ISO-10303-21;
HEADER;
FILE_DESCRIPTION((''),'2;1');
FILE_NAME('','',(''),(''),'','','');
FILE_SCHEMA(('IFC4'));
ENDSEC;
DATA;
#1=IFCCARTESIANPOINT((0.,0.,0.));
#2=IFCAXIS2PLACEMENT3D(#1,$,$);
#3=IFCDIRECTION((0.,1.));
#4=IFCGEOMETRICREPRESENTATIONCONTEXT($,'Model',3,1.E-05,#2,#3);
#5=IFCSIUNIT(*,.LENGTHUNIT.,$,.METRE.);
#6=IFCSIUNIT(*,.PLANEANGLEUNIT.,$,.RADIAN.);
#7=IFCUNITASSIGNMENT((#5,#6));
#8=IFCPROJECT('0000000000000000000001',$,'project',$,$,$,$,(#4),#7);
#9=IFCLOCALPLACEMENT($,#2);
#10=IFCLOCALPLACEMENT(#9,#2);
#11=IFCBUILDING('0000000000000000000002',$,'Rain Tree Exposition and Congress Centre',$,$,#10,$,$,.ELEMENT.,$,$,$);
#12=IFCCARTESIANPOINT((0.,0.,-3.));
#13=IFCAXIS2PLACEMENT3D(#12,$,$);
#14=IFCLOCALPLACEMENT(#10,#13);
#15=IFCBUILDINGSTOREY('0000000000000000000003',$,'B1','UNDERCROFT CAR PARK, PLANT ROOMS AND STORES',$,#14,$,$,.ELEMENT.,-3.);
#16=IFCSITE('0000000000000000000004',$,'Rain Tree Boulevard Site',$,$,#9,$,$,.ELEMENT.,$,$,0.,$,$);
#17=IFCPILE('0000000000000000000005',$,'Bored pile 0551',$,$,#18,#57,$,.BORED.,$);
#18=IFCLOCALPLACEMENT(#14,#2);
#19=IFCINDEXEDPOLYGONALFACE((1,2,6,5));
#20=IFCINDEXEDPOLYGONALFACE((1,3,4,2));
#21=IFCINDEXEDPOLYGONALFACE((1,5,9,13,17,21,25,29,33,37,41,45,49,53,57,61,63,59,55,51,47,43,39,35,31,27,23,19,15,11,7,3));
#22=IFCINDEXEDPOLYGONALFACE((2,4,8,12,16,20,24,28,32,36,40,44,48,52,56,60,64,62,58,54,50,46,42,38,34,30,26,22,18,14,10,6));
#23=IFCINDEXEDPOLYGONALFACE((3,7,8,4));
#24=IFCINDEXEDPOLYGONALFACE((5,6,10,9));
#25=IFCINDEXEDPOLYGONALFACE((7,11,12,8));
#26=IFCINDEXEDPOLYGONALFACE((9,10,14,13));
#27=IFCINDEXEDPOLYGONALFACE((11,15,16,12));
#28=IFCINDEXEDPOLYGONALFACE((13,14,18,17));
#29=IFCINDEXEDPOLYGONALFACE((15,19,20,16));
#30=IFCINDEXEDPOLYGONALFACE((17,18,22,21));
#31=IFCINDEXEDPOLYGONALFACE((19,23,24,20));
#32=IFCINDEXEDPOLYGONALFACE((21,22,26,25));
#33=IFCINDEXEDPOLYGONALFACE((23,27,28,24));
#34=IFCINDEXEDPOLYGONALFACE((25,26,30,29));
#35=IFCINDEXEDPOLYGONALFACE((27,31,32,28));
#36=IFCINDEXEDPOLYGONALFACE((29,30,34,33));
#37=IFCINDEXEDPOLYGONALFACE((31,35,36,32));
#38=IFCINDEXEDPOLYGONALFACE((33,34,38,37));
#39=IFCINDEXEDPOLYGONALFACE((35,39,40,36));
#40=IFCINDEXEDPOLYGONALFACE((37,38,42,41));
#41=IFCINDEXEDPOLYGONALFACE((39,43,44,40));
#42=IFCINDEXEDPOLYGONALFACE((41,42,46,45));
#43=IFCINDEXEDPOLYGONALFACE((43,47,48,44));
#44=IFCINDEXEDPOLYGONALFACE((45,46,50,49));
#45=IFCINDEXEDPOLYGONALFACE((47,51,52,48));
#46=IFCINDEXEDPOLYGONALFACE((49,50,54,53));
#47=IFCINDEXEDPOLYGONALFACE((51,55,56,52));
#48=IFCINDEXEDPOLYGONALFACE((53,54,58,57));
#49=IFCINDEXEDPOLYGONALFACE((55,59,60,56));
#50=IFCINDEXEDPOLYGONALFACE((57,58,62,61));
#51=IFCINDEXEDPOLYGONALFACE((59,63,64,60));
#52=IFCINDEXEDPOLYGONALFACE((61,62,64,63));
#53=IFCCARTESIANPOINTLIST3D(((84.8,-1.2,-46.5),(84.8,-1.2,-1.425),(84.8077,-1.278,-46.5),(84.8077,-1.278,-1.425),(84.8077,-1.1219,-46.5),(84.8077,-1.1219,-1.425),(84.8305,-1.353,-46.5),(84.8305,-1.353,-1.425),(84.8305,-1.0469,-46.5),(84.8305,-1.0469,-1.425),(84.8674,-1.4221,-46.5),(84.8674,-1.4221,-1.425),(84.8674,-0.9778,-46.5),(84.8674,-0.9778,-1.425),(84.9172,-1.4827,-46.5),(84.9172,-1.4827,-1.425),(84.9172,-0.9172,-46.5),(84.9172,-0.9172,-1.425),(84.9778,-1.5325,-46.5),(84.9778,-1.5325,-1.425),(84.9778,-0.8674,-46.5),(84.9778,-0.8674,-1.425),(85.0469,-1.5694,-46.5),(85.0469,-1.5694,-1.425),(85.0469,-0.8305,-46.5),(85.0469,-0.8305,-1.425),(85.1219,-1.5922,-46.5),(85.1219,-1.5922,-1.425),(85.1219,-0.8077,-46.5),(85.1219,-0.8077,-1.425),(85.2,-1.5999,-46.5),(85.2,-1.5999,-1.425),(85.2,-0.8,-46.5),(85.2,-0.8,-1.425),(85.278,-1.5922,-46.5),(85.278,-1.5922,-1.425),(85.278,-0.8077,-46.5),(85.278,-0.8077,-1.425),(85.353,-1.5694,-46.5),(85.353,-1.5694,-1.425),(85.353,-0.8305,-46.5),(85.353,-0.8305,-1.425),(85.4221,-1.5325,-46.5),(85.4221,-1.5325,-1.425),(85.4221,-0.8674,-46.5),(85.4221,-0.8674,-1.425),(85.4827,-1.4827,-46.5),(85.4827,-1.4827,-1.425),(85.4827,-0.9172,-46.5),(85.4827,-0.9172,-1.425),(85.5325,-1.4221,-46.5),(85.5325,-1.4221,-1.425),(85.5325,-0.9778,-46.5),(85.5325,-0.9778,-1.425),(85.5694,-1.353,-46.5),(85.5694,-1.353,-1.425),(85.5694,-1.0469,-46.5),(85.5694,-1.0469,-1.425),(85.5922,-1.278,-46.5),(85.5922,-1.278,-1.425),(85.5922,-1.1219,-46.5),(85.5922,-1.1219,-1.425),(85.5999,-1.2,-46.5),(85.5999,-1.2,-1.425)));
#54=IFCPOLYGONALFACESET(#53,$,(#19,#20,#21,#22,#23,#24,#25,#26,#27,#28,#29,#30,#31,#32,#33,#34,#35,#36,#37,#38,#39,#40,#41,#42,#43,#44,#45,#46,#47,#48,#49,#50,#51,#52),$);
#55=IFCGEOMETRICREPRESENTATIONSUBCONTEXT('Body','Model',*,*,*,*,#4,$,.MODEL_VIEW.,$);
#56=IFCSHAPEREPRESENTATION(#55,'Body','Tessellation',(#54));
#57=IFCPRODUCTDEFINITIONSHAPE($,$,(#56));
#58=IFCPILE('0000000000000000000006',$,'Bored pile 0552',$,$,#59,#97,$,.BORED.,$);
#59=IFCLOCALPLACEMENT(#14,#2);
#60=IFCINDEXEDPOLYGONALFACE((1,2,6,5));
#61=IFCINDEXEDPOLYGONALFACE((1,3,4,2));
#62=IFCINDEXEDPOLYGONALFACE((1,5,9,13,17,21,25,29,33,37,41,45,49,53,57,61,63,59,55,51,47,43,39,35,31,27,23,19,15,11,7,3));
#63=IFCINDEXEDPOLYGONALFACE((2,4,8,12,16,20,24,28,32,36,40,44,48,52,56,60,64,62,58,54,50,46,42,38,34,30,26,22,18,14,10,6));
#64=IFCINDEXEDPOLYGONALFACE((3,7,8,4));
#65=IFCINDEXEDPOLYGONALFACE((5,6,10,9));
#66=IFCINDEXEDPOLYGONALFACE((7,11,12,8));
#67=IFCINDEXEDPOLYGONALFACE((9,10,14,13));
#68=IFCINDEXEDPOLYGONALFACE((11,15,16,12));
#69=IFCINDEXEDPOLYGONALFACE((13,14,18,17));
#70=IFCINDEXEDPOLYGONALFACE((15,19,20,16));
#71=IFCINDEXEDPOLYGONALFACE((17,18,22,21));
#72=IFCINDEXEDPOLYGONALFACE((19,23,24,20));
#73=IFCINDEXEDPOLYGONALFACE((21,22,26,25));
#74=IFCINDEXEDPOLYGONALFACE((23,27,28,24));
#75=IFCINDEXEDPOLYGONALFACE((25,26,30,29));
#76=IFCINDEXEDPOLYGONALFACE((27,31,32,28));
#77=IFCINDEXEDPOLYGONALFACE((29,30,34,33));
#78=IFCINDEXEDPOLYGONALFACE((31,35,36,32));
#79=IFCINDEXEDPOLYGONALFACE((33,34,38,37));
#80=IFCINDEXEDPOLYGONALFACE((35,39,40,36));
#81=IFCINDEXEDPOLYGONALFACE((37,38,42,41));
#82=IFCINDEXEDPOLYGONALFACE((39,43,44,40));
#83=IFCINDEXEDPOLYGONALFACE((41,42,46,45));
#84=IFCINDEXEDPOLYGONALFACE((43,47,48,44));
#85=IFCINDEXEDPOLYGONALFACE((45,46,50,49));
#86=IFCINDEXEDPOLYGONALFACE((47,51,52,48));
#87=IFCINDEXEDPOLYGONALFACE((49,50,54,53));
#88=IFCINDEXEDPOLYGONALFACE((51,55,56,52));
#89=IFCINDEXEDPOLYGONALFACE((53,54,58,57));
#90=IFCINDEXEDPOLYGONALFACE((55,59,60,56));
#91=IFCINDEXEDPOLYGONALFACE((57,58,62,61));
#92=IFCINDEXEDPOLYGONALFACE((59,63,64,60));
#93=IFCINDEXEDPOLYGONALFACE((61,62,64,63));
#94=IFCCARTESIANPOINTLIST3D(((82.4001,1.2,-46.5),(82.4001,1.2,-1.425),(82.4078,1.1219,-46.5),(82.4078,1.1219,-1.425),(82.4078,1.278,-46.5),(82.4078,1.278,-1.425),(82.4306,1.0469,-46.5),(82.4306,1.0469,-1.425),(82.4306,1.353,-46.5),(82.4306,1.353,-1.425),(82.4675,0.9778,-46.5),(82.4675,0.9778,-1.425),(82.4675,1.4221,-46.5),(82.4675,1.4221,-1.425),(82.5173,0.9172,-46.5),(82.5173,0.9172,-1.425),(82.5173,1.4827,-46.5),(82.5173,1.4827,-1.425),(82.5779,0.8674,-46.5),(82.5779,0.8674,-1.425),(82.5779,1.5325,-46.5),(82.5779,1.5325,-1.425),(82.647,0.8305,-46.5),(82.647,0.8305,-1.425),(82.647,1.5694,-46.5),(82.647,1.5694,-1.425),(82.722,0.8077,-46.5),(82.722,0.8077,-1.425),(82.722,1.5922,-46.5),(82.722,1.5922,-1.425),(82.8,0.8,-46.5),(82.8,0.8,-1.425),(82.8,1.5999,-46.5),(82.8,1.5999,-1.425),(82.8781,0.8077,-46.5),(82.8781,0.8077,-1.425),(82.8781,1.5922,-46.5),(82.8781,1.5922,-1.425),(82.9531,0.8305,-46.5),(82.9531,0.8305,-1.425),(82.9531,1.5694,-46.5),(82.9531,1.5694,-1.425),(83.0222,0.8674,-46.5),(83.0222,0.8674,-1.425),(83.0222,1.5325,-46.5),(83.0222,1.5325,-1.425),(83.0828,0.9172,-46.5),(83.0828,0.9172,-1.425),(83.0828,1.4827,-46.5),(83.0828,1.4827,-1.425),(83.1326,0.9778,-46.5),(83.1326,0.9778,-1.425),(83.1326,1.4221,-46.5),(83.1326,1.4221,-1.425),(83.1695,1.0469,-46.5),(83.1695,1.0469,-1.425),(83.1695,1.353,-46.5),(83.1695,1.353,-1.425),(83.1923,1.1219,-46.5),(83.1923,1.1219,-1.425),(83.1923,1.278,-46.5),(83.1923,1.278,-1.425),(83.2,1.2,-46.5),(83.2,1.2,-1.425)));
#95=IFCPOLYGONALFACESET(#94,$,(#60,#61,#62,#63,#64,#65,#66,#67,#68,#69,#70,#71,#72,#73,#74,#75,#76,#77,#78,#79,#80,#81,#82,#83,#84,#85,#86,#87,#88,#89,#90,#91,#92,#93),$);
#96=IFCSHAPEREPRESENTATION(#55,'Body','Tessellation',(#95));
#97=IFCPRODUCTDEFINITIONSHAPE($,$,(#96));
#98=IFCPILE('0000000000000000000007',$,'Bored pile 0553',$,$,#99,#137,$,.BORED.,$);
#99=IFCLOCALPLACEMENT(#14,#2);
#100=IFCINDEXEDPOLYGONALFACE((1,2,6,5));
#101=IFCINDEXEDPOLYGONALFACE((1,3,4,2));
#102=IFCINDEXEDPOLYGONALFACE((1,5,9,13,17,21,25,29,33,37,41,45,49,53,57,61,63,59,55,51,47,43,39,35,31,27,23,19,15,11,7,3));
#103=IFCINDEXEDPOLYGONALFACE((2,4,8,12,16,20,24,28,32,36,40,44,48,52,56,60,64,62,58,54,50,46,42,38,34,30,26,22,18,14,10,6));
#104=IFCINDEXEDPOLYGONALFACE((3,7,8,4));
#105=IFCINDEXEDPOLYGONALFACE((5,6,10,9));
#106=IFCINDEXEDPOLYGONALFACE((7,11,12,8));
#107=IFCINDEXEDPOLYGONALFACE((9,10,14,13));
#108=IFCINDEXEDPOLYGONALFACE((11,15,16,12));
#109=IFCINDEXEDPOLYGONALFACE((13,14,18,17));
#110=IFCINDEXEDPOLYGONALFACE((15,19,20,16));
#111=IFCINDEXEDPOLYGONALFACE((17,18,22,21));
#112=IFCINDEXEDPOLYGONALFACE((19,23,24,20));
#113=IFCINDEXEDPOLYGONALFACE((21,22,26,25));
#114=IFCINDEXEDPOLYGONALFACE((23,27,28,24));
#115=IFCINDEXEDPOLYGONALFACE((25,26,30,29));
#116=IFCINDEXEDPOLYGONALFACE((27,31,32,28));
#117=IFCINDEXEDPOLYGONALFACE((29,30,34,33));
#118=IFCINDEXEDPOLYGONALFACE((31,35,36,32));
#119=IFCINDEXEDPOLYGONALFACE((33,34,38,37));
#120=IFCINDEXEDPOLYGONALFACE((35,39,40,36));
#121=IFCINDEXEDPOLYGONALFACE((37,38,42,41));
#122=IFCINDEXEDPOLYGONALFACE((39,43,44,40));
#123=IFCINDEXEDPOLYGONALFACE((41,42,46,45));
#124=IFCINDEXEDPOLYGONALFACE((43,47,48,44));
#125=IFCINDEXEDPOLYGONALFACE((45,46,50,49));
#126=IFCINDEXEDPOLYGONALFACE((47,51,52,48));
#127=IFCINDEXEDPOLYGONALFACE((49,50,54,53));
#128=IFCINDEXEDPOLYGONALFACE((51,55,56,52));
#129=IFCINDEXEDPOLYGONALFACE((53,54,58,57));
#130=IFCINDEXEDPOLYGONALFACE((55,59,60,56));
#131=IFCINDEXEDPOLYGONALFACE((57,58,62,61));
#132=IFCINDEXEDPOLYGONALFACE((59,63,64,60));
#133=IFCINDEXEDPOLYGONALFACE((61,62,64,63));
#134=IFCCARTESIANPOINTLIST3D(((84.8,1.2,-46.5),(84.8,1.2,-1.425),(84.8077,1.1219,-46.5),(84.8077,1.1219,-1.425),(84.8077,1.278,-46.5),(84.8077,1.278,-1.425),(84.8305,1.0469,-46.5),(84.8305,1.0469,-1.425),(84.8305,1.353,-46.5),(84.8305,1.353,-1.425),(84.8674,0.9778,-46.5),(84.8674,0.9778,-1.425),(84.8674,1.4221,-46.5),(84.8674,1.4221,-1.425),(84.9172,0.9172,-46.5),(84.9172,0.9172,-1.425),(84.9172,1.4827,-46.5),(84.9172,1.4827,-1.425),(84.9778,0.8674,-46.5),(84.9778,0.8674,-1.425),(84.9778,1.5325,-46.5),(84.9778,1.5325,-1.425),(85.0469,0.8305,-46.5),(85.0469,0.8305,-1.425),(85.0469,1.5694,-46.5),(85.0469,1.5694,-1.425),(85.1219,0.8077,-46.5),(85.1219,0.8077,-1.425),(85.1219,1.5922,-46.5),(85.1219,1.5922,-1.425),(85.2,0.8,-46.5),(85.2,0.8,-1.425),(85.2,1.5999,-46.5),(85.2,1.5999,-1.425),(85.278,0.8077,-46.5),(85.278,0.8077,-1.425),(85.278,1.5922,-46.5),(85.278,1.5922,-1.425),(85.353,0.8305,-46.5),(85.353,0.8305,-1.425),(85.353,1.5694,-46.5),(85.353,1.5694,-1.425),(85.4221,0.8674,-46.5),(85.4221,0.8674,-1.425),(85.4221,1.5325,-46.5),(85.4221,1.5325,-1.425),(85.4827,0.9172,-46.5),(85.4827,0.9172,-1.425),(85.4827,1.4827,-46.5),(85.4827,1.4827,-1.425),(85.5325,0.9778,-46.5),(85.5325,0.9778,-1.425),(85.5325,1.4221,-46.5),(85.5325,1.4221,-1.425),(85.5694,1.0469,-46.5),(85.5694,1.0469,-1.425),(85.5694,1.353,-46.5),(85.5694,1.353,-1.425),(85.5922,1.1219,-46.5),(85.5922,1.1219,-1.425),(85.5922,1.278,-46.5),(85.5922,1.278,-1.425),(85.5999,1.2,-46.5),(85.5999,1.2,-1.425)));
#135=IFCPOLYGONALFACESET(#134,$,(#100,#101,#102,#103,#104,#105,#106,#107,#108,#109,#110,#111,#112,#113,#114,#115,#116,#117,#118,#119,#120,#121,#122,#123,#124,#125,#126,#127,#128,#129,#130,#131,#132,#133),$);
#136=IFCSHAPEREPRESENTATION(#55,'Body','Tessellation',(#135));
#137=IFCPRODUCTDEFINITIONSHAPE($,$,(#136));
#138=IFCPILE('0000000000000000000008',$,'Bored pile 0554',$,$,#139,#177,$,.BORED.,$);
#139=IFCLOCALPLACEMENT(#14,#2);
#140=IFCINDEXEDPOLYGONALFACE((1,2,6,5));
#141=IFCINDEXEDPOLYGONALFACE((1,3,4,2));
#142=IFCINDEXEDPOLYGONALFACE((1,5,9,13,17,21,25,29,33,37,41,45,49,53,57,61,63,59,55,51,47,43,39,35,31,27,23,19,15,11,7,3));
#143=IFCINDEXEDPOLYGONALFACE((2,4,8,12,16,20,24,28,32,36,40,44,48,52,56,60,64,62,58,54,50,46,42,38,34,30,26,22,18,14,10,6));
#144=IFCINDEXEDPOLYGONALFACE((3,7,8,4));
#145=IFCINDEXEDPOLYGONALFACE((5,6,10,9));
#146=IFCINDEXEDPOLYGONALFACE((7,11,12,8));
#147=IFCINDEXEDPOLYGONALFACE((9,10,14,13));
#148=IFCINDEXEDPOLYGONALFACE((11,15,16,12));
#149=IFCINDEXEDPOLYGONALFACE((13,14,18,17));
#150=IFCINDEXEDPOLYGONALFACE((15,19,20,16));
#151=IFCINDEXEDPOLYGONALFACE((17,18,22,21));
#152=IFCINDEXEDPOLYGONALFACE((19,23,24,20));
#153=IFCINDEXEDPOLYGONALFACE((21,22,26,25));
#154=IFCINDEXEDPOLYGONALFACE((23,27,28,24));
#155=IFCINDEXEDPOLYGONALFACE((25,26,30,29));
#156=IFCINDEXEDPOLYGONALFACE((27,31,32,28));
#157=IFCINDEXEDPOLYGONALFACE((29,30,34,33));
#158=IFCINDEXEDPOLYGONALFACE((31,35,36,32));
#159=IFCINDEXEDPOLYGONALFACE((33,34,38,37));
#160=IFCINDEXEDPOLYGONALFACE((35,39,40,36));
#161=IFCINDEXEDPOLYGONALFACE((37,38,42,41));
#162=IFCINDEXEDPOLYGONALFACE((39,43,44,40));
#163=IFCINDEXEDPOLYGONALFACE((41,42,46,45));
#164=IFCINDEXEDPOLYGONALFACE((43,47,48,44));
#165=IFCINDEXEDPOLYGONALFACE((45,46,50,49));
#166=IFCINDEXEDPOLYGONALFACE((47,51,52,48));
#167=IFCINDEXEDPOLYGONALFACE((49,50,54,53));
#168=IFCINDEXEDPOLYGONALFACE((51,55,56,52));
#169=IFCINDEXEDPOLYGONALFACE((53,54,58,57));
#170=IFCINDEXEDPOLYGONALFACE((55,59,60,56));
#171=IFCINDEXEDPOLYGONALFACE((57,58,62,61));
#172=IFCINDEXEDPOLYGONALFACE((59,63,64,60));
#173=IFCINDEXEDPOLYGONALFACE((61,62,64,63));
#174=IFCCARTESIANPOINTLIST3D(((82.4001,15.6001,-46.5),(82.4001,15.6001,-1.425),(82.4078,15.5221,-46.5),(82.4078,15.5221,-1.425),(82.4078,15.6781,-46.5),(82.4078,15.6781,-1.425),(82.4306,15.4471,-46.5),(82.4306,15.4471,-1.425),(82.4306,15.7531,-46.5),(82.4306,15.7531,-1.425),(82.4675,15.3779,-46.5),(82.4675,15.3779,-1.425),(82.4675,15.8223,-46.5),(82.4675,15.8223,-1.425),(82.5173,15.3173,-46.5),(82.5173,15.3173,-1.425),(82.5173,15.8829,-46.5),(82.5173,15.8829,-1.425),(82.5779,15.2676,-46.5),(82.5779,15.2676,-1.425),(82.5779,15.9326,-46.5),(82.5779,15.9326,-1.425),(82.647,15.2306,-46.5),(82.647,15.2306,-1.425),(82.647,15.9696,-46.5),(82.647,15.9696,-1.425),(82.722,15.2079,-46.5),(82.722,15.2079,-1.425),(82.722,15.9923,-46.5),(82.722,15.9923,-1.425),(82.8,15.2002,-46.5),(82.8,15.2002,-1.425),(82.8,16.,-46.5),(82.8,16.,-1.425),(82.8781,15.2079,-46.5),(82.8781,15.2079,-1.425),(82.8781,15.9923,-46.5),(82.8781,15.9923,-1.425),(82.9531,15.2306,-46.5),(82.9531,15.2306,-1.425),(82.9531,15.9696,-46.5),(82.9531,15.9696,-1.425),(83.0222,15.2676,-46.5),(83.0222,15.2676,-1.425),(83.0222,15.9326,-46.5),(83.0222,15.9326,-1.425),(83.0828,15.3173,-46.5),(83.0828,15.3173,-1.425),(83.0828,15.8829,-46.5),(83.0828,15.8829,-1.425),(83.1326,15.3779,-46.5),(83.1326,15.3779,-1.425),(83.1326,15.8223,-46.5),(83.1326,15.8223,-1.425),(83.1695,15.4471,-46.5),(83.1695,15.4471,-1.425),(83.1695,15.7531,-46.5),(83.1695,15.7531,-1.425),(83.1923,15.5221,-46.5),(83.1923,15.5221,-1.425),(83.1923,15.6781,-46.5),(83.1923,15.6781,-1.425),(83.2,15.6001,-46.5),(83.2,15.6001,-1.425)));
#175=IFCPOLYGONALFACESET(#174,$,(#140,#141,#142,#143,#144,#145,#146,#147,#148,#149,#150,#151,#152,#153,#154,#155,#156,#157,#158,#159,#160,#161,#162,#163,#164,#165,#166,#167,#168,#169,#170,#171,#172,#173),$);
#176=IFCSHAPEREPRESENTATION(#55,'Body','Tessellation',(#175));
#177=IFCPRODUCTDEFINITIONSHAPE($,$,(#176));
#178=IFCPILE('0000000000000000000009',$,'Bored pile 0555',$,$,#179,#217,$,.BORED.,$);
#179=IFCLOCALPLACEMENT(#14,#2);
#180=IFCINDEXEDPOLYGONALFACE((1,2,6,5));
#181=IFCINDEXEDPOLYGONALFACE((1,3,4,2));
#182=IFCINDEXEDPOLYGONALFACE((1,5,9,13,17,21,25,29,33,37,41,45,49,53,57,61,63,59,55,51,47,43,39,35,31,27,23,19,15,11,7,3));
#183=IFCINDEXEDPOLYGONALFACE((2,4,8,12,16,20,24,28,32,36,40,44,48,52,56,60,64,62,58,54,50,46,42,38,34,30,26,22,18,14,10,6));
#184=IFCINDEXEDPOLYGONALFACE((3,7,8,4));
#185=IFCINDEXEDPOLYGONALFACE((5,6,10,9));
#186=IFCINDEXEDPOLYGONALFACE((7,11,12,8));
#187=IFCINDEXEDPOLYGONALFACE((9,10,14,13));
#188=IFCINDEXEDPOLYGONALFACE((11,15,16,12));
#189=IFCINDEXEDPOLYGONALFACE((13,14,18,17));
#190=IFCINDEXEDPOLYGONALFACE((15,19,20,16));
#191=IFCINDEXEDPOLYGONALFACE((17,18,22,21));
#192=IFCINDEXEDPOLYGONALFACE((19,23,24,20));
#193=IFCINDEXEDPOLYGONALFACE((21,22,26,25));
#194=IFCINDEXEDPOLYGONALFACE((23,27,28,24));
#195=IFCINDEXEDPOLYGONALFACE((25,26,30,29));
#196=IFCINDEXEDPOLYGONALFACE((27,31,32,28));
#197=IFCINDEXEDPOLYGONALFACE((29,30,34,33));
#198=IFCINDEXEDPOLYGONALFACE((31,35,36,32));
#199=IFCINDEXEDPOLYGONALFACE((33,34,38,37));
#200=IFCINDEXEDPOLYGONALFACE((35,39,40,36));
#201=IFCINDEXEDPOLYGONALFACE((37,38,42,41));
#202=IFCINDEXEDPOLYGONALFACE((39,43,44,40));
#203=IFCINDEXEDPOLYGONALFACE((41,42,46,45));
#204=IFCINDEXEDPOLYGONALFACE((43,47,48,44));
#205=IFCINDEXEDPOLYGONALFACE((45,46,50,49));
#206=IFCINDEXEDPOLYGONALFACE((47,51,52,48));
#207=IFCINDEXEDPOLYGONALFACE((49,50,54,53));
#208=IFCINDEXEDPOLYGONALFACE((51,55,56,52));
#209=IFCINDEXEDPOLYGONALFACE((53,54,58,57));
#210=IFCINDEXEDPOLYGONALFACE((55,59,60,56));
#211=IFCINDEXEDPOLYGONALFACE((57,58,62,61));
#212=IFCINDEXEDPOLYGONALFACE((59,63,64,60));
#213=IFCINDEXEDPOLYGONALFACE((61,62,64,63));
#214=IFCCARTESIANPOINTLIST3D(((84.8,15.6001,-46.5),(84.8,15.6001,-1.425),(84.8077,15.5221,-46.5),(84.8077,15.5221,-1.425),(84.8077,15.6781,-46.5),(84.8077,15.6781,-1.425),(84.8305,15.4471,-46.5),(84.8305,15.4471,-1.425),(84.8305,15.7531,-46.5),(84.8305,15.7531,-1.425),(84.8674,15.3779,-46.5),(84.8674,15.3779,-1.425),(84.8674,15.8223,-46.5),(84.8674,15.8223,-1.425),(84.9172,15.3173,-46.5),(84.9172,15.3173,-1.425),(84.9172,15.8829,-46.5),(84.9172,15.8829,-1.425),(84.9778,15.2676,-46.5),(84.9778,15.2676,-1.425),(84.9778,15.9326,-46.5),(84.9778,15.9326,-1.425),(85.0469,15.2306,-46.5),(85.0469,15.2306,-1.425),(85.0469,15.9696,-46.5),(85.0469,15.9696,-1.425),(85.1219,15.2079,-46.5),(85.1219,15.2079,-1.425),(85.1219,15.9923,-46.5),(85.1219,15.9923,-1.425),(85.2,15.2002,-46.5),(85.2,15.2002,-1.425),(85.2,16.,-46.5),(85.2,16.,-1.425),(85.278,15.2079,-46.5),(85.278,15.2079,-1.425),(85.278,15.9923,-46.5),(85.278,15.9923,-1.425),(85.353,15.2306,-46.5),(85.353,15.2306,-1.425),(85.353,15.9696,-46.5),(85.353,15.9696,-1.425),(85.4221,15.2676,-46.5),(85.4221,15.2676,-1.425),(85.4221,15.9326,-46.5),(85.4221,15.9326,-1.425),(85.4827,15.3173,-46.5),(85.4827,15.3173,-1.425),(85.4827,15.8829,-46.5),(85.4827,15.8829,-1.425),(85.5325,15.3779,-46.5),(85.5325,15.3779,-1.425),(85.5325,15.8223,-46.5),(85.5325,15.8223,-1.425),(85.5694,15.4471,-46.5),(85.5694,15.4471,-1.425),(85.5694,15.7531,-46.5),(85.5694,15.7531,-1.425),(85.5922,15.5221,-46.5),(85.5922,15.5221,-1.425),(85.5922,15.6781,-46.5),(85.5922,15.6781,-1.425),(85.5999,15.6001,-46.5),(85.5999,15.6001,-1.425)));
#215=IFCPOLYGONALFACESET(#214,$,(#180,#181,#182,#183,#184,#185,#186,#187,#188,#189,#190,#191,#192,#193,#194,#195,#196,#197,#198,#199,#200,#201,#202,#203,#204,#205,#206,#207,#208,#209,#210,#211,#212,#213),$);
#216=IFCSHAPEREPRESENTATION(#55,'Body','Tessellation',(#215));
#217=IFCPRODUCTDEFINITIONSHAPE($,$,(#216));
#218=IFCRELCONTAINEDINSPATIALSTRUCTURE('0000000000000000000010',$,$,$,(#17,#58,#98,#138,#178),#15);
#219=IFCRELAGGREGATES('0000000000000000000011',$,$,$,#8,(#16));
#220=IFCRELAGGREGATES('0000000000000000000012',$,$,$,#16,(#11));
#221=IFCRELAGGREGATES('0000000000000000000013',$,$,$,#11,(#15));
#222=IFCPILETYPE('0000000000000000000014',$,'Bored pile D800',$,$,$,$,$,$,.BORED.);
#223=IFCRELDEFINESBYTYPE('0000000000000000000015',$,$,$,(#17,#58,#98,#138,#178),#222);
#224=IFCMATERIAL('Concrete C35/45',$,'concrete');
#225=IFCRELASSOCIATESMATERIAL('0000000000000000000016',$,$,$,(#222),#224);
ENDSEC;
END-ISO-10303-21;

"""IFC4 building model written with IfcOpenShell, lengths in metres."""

from ifc_helpers import new_model, si_unit, direction, frame, origin, origin_2d, place, context, subcontext, project, spatial, circle, extrude, material, material_profile, profile_set, type_object, element, save


model = new_model("IFC4")

# Units and contexts
model_context = context("Model", 3, precision=1e-05, world=origin(), true_north=direction((0.0, 1.0)))
body_context = subcontext(model_context, "Body", "Model", "MODEL_VIEW")
ifc_project = project(units=[si_unit("LENGTHUNIT", "METRE"), si_unit("PLANEANGLEUNIT", "RADIAN")], contexts=[model_context])

# Site, building, storey
site_placement = place(None, origin())
site = spatial("IfcSite", under=ifc_project, at=site_placement, Name="Rain Tree Boulevard Site", CompositionType="ELEMENT", RefElevation=0.0)
building_placement = place(site_placement, origin())
building = spatial("IfcBuilding", under=site, at=building_placement, Name="Rain Tree Exposition and Congress Centre", CompositionType="ELEMENT")
storey_placement = place(building_placement, frame((0.0, 0.0, -3.0)))
storey = spatial("IfcBuildingStorey", under=building, at=storey_placement, Name="B1", Description="UNDERCROFT CAR PARK, PLANT ROOMS AND STORES", CompositionType="ELEMENT", Elevation=-3.0)

# Piles
ifc_material_1 = material(Name="Concrete C35/45", Category="concrete")
ifc_material_profile_1 = material_profile(ifc_material_1, circle(Radius=0.3999, at=origin_2d()), Name="D800")
ifc_profile_set_1 = profile_set([ifc_material_profile_1], Name="Concrete C35/45")
pile_type_1 = type_object("IfcPileType", Name="Bored pile D800", PredefinedType="BORED", material=ifc_profile_set_1)
for number, where, z_axis, x_axis, name in (
    (1, (85.2, -1.2, -1.425), (0.0, 0.0, -1.0), (1.0, 0.0, 0.0), "Bored pile 0551"),
    (2, (82.8, 1.2, -1.425), (0.0, 0.0, -1.0), (1.0, 0.0, 0.0), "Bored pile 0552"),
    (3, (85.2, 1.2, -1.425), (0.0, 0.0, -1.0), (1.0, 0.0, 0.0), "Bored pile 0553"),
    (4, (82.8, 15.6001, -1.425), (0.0, 0.0, -1.0), (1.0, 0.0, 0.0), "Bored pile 0554"),
    (5, (85.2, 15.6001, -1.425), (0.0, 0.0, -1.0), (1.0, 0.0, 0.0), "Bored pile 0555"),
):
    element("IfcPile", number, at=place(storey_placement, frame(where, z_axis=z_axis, x_axis=x_axis)), inside=storey, type_object=pile_type_1, Name=name, PredefinedType="BORED", context=body_context, shape_type="SweptSolid", body=[
        extrude(circle(Radius=0.3999, at=origin_2d()), origin(), (0.0, 0.0, 1.0), 45.075),
    ])

save(model, "model.ifc")
